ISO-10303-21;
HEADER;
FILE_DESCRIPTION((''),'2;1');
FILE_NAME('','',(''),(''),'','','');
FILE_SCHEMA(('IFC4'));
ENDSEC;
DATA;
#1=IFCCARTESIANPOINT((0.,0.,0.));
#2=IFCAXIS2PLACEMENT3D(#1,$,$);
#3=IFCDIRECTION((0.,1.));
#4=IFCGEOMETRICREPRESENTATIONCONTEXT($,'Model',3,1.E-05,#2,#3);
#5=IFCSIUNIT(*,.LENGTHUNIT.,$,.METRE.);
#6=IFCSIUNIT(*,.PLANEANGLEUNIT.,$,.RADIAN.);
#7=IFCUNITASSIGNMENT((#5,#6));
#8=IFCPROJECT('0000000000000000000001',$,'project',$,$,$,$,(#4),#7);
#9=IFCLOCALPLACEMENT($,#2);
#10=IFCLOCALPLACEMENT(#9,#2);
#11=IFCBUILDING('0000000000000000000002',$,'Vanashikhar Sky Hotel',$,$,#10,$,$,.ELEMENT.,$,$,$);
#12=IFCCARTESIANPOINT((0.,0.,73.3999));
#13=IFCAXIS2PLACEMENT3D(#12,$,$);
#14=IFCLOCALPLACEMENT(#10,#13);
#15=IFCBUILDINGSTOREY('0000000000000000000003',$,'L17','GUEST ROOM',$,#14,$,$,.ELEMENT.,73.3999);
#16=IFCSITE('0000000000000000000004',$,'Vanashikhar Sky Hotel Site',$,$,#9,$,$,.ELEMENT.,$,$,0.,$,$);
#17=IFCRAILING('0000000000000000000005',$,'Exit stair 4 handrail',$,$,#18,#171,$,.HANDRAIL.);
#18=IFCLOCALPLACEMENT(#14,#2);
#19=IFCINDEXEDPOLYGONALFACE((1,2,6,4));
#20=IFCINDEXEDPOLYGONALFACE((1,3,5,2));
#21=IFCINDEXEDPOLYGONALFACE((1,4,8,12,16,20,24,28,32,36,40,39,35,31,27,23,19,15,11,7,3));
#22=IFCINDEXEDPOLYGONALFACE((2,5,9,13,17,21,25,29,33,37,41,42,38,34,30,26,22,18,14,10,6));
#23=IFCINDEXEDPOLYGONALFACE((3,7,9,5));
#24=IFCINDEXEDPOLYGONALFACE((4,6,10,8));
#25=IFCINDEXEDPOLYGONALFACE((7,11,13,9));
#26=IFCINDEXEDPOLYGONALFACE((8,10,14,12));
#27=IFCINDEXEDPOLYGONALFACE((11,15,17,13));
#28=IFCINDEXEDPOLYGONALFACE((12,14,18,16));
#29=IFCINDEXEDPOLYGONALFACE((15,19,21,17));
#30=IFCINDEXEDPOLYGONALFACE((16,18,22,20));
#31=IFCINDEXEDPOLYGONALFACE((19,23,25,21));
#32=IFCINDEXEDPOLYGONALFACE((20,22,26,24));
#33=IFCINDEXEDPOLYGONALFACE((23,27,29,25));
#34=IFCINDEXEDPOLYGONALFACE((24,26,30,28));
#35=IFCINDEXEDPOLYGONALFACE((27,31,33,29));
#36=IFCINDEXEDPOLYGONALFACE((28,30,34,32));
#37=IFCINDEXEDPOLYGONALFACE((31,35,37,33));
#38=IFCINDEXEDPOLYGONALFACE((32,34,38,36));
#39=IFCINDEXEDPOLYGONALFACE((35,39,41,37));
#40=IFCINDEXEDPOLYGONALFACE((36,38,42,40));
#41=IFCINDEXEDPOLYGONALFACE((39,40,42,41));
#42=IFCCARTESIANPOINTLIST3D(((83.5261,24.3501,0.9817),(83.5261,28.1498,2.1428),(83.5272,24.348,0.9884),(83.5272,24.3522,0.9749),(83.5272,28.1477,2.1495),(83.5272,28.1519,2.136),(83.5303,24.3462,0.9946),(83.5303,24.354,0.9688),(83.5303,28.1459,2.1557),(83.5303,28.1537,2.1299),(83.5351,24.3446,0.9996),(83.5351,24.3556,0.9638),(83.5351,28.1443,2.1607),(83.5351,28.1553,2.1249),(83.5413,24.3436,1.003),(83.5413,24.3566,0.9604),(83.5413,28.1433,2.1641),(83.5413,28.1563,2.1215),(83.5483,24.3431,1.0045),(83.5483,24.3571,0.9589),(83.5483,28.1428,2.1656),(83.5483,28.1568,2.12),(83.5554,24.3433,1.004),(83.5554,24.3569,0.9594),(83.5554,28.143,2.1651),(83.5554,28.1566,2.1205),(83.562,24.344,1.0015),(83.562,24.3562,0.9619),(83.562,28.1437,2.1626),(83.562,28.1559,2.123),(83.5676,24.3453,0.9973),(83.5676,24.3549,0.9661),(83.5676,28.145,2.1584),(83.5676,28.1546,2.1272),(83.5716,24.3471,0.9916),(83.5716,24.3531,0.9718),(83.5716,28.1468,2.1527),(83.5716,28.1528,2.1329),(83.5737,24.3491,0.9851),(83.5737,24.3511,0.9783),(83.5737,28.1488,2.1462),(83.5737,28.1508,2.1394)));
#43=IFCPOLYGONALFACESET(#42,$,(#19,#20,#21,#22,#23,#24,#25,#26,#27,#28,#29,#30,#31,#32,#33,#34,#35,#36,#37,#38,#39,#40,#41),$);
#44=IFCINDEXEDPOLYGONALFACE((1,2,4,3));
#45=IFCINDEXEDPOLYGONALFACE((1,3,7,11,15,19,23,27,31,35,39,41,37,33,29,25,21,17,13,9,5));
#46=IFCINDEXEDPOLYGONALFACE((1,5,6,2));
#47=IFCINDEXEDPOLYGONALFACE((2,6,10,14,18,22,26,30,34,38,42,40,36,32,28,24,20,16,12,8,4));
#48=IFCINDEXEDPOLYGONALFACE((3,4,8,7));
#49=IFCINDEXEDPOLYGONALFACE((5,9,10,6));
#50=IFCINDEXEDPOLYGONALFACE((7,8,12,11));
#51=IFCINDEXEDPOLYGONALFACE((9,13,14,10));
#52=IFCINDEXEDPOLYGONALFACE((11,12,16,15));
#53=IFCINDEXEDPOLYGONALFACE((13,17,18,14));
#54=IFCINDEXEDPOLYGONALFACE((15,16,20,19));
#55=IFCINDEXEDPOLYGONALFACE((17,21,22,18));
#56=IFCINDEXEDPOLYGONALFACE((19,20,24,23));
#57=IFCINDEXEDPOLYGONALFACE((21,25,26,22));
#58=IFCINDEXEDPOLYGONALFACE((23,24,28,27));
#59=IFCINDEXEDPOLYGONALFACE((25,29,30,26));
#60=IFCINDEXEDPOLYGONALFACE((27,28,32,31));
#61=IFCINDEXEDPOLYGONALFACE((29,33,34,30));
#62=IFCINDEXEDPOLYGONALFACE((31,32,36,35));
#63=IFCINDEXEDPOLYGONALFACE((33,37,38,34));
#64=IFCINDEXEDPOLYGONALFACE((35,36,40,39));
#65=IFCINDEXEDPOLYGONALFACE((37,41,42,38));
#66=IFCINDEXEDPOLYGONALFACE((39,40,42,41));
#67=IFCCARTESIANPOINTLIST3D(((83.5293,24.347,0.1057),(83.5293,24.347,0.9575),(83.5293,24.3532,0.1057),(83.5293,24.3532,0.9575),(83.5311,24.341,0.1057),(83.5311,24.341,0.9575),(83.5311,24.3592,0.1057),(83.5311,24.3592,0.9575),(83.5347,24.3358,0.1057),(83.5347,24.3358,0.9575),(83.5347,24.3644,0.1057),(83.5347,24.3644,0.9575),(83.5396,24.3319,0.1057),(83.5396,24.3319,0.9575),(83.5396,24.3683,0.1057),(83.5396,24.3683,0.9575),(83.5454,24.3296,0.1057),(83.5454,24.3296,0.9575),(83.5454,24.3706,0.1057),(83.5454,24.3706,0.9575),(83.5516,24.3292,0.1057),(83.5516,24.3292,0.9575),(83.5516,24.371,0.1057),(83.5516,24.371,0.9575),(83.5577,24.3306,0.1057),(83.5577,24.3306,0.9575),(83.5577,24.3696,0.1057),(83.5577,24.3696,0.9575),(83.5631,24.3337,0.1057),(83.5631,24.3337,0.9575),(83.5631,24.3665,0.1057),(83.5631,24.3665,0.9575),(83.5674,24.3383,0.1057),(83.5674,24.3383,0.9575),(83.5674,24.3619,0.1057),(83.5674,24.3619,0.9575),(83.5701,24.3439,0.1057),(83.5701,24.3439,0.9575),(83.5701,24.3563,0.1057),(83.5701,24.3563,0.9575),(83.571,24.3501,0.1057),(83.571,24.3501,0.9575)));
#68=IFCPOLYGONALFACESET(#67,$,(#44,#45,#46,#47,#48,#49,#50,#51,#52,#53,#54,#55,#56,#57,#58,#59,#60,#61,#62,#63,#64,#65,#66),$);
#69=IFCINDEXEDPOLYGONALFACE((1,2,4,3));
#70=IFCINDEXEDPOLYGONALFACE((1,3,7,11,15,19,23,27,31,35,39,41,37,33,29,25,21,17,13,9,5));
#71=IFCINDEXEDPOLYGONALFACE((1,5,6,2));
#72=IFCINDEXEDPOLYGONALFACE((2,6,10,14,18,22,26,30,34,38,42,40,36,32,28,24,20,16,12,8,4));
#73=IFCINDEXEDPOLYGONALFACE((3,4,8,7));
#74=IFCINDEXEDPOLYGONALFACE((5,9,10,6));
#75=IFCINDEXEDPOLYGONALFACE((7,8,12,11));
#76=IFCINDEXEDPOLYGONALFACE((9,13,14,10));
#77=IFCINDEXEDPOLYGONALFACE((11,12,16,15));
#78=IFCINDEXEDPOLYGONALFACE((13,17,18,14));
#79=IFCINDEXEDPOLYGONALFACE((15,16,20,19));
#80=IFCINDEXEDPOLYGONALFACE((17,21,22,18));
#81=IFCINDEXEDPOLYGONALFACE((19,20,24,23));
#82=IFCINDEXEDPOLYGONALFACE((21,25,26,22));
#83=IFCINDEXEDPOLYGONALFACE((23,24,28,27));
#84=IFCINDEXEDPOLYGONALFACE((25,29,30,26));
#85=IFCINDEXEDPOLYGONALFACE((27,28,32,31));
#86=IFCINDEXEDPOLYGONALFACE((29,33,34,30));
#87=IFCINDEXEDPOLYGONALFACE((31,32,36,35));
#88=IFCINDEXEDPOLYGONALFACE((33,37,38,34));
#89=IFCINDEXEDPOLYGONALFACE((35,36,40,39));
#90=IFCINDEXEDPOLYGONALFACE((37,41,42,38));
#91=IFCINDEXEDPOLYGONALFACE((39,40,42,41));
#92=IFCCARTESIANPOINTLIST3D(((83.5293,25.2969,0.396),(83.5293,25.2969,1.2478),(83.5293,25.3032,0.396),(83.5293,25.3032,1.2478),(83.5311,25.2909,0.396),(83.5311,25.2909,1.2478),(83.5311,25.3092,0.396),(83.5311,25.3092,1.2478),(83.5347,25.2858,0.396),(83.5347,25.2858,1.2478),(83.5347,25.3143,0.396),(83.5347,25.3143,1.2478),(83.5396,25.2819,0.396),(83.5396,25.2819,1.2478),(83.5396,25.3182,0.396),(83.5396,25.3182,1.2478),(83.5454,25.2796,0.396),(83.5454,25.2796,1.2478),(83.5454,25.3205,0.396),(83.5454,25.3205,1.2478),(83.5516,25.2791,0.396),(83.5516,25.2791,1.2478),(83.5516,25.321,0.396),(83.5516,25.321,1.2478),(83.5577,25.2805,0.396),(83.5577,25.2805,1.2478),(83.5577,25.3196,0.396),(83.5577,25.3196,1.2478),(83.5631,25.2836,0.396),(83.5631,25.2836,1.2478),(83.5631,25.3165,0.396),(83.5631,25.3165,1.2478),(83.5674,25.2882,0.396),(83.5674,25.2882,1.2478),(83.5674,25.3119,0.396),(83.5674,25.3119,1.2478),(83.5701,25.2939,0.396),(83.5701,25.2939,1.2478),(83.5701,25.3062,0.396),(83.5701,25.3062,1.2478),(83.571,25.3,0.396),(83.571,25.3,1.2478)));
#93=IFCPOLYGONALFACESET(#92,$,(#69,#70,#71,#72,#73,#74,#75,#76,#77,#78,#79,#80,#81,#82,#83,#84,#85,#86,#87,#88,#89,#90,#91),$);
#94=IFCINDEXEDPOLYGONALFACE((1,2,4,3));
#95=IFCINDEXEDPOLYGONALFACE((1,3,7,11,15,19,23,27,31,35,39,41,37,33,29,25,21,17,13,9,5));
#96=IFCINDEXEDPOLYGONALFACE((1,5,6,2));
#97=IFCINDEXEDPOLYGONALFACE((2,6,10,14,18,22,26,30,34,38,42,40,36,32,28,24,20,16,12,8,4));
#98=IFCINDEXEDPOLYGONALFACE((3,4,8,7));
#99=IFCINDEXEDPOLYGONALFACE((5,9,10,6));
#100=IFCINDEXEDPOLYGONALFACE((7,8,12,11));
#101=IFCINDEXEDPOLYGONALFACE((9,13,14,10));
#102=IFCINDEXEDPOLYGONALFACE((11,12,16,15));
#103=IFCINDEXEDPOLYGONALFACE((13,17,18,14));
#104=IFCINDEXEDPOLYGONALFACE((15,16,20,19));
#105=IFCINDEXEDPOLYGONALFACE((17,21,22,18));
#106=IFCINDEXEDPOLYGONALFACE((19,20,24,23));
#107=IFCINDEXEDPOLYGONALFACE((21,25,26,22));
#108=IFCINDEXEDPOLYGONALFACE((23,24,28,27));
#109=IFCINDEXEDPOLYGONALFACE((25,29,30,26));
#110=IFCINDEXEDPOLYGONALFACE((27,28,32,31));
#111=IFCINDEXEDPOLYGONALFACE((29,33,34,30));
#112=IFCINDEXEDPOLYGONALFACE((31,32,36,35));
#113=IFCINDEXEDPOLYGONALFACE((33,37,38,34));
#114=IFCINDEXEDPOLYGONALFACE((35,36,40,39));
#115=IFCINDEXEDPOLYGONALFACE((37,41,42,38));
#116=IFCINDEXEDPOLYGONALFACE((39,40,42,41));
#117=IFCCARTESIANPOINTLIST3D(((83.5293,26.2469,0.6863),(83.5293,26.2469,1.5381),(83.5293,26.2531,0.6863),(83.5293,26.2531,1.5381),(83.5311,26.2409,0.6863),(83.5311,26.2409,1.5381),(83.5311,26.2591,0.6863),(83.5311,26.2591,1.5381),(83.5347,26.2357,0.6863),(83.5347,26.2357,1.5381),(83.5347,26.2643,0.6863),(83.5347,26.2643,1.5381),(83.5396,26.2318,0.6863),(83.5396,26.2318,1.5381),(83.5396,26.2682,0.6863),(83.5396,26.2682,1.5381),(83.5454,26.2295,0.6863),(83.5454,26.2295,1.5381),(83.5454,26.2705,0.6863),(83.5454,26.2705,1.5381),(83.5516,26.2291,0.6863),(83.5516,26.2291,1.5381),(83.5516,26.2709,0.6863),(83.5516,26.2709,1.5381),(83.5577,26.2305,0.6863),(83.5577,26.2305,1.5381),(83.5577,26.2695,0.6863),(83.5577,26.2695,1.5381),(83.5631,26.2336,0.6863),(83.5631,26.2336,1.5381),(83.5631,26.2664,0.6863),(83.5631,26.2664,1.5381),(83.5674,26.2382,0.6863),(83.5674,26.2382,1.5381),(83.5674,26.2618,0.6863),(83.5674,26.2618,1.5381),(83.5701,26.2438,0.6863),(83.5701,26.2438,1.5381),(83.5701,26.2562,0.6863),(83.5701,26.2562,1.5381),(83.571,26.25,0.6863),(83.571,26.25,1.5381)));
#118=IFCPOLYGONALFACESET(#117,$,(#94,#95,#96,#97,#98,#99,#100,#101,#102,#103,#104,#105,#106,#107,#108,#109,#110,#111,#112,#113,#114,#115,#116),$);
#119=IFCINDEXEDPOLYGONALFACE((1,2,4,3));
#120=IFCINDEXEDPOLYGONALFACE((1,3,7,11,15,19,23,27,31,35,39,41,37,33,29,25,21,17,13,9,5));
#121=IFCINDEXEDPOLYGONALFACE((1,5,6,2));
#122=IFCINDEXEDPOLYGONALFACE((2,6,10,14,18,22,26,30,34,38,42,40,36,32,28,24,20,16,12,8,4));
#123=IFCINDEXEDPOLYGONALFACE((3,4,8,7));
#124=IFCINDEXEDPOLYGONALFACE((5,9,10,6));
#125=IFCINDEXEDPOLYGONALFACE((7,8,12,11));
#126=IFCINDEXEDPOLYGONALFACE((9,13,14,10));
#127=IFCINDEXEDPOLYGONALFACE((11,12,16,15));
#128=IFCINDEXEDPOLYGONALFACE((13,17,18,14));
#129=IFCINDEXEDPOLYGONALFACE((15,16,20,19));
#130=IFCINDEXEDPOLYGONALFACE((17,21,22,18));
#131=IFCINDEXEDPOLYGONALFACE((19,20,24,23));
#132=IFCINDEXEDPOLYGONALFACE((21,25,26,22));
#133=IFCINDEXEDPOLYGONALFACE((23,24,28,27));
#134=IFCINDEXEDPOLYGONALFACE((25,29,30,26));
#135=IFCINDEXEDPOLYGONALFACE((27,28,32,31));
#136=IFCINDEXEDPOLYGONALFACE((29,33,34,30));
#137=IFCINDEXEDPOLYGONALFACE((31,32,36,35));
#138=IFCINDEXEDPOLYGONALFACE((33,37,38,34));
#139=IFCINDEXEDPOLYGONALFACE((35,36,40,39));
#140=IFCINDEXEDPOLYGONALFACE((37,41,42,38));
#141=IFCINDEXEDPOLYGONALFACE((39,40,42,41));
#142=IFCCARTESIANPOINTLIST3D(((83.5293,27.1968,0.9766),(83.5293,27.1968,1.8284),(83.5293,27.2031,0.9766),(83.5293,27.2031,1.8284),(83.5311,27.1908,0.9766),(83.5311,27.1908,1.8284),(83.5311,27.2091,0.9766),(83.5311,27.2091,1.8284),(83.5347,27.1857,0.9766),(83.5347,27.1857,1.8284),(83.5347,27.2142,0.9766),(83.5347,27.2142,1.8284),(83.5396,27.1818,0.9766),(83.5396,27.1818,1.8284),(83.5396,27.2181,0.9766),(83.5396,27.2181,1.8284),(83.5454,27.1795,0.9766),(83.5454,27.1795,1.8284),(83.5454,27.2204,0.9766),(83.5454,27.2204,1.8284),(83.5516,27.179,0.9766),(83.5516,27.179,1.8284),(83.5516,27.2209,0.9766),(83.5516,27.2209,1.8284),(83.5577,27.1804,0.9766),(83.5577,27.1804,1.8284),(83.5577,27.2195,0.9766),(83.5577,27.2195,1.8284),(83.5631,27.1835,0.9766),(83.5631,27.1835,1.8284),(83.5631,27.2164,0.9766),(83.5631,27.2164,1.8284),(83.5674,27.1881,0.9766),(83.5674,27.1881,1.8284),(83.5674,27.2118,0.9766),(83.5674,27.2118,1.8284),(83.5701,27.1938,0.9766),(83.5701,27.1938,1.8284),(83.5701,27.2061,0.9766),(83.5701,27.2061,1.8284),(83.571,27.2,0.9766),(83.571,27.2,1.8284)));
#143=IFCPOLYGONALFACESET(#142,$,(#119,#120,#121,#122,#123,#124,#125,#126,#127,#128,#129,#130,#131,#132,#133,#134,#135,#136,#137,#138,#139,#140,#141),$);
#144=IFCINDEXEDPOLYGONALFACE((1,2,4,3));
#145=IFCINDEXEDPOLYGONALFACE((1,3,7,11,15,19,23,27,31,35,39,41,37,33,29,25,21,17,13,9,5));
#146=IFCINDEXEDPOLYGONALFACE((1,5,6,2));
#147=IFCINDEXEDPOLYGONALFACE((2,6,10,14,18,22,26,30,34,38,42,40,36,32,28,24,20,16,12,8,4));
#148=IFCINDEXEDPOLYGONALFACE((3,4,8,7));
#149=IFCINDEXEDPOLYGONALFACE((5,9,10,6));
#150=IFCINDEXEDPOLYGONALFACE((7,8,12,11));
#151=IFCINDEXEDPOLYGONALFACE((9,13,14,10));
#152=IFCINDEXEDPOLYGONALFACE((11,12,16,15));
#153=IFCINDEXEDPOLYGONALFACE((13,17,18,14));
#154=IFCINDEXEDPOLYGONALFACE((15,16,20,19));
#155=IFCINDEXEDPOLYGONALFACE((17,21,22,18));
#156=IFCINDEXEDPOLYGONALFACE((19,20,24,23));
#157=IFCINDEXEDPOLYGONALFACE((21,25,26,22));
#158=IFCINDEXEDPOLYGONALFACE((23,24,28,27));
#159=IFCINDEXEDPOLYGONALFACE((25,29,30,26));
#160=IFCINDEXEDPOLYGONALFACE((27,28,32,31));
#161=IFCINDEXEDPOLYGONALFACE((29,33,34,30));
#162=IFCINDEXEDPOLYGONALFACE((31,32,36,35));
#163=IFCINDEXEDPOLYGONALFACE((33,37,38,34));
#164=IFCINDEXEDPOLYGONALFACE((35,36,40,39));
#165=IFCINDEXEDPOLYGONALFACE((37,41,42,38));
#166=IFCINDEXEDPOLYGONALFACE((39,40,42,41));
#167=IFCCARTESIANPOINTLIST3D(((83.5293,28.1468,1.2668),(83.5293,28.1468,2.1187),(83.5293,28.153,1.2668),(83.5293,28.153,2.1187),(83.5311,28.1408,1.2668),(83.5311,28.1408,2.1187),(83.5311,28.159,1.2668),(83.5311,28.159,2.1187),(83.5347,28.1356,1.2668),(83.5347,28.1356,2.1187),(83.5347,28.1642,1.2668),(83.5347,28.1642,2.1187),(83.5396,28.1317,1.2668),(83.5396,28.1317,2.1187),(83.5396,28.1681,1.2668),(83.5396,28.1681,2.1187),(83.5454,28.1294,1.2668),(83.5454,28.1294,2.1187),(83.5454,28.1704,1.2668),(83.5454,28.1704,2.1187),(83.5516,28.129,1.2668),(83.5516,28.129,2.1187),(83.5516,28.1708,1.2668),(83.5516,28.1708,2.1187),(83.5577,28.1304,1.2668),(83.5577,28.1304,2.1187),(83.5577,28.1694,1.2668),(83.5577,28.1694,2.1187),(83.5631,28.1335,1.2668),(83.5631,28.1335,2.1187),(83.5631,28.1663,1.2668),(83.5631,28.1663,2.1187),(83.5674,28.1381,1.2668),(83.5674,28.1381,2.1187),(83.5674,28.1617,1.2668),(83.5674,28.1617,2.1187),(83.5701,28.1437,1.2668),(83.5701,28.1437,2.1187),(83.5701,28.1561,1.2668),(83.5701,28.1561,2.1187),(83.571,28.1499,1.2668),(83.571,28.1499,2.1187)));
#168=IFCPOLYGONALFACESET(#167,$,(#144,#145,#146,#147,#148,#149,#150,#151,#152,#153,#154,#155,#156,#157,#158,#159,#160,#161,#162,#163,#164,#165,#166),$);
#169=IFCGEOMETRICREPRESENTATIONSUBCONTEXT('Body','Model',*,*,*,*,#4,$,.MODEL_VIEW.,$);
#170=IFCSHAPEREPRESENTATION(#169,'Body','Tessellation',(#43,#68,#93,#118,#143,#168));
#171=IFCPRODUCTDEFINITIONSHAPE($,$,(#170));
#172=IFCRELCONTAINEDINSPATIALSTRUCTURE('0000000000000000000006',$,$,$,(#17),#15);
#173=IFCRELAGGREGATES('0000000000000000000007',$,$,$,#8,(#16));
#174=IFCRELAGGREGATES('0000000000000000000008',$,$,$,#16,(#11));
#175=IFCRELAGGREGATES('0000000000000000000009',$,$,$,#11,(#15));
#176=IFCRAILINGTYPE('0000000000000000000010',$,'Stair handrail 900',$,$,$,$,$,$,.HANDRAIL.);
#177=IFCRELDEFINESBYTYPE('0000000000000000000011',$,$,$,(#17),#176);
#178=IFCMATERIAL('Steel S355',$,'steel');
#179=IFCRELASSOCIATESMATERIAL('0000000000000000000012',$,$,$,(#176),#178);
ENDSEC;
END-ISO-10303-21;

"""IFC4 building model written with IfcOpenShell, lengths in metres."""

from ifc_helpers import new_model, si_unit, direction, frame, origin, origin_2d, place, context, subcontext, project, spatial, circle, extrude, source, transform, mapped, material, type_object, element, save


model = new_model("IFC4")

# Units and contexts
model_context = context("Model", 3, precision=1e-05, world=origin(), true_north=direction((0.0, 1.0)))
body_context = subcontext(model_context, "Body", "Model", "MODEL_VIEW")
ifc_project = project(units=[si_unit("LENGTHUNIT", "METRE"), si_unit("PLANEANGLEUNIT", "RADIAN")], contexts=[model_context])

# Site, building, storey
site_placement = place(None, origin())
site = spatial("IfcSite", under=ifc_project, at=site_placement, Name="Vanashikhar Sky Hotel Site", CompositionType="ELEMENT", RefElevation=0.0)
building_placement = place(site_placement, origin())
building = spatial("IfcBuilding", under=site, at=building_placement, Name="Vanashikhar Sky Hotel", CompositionType="ELEMENT")
storey_placement = place(building_placement, frame((0.0, 0.0, 73.3999)))
storey = spatial("IfcBuildingStorey", under=building, at=storey_placement, Name="L17", Description="GUEST ROOM", CompositionType="ELEMENT", Elevation=73.3999)

# Railing
ifc_material_1 = material(Name="Steel S355", Category="steel")
railing_type_1 = type_object("IfcRailingType", Name="Stair handrail 900", PredefinedType="HANDRAIL", material=ifc_material_1)
shared_shape_1 = source(origin(), body_context, "Body", "SweptSolid", [
    extrude(circle(Radius=0.0239, at=origin_2d()), frame((0.0, 0.0, 0.876), z_axis=(0.0, 0.956346, 0.292237), x_axis=(-1.0, 0.0, 0.0)), (0.0, 0.0, 1.0), 3.9731),
    extrude(circle(Radius=0.021, at=origin_2d()), origin(), (0.0, 0.0, 1.0), 0.8518),
    extrude(circle(Radius=0.021, at=origin_2d()), frame((0.0, 0.95, 0.2903)), (0.0, 0.0, 1.0), 0.8518),
    extrude(circle(Radius=0.021, at=origin_2d()), frame((0.0, 1.8999, 0.5806)), (0.0, 0.0, 1.0), 0.8518),
    extrude(circle(Radius=0.021, at=origin_2d()), frame((0.0, 2.8499, 0.8708)), (0.0, 0.0, 1.0), 0.8518),
    extrude(circle(Radius=0.021, at=origin_2d()), frame((0.0, 3.7998, 1.1611)), (0.0, 0.0, 1.0), 0.8518),
])
for number, where, name in (
    (1, (83.55, 24.3501, 0.1057), "Exit stair 4 handrail"),
):
    element("IfcRailing", number, at=place(storey_placement, frame(where)), inside=storey, type_object=railing_type_1, Name=name, PredefinedType="HANDRAIL", context=body_context, shape_type="MappedRepresentation", body=[
        mapped(shared_shape_1, transform((0.0, 0.0, 0.0), scale=1.0)),
    ])

save(model, "model.ifc")
